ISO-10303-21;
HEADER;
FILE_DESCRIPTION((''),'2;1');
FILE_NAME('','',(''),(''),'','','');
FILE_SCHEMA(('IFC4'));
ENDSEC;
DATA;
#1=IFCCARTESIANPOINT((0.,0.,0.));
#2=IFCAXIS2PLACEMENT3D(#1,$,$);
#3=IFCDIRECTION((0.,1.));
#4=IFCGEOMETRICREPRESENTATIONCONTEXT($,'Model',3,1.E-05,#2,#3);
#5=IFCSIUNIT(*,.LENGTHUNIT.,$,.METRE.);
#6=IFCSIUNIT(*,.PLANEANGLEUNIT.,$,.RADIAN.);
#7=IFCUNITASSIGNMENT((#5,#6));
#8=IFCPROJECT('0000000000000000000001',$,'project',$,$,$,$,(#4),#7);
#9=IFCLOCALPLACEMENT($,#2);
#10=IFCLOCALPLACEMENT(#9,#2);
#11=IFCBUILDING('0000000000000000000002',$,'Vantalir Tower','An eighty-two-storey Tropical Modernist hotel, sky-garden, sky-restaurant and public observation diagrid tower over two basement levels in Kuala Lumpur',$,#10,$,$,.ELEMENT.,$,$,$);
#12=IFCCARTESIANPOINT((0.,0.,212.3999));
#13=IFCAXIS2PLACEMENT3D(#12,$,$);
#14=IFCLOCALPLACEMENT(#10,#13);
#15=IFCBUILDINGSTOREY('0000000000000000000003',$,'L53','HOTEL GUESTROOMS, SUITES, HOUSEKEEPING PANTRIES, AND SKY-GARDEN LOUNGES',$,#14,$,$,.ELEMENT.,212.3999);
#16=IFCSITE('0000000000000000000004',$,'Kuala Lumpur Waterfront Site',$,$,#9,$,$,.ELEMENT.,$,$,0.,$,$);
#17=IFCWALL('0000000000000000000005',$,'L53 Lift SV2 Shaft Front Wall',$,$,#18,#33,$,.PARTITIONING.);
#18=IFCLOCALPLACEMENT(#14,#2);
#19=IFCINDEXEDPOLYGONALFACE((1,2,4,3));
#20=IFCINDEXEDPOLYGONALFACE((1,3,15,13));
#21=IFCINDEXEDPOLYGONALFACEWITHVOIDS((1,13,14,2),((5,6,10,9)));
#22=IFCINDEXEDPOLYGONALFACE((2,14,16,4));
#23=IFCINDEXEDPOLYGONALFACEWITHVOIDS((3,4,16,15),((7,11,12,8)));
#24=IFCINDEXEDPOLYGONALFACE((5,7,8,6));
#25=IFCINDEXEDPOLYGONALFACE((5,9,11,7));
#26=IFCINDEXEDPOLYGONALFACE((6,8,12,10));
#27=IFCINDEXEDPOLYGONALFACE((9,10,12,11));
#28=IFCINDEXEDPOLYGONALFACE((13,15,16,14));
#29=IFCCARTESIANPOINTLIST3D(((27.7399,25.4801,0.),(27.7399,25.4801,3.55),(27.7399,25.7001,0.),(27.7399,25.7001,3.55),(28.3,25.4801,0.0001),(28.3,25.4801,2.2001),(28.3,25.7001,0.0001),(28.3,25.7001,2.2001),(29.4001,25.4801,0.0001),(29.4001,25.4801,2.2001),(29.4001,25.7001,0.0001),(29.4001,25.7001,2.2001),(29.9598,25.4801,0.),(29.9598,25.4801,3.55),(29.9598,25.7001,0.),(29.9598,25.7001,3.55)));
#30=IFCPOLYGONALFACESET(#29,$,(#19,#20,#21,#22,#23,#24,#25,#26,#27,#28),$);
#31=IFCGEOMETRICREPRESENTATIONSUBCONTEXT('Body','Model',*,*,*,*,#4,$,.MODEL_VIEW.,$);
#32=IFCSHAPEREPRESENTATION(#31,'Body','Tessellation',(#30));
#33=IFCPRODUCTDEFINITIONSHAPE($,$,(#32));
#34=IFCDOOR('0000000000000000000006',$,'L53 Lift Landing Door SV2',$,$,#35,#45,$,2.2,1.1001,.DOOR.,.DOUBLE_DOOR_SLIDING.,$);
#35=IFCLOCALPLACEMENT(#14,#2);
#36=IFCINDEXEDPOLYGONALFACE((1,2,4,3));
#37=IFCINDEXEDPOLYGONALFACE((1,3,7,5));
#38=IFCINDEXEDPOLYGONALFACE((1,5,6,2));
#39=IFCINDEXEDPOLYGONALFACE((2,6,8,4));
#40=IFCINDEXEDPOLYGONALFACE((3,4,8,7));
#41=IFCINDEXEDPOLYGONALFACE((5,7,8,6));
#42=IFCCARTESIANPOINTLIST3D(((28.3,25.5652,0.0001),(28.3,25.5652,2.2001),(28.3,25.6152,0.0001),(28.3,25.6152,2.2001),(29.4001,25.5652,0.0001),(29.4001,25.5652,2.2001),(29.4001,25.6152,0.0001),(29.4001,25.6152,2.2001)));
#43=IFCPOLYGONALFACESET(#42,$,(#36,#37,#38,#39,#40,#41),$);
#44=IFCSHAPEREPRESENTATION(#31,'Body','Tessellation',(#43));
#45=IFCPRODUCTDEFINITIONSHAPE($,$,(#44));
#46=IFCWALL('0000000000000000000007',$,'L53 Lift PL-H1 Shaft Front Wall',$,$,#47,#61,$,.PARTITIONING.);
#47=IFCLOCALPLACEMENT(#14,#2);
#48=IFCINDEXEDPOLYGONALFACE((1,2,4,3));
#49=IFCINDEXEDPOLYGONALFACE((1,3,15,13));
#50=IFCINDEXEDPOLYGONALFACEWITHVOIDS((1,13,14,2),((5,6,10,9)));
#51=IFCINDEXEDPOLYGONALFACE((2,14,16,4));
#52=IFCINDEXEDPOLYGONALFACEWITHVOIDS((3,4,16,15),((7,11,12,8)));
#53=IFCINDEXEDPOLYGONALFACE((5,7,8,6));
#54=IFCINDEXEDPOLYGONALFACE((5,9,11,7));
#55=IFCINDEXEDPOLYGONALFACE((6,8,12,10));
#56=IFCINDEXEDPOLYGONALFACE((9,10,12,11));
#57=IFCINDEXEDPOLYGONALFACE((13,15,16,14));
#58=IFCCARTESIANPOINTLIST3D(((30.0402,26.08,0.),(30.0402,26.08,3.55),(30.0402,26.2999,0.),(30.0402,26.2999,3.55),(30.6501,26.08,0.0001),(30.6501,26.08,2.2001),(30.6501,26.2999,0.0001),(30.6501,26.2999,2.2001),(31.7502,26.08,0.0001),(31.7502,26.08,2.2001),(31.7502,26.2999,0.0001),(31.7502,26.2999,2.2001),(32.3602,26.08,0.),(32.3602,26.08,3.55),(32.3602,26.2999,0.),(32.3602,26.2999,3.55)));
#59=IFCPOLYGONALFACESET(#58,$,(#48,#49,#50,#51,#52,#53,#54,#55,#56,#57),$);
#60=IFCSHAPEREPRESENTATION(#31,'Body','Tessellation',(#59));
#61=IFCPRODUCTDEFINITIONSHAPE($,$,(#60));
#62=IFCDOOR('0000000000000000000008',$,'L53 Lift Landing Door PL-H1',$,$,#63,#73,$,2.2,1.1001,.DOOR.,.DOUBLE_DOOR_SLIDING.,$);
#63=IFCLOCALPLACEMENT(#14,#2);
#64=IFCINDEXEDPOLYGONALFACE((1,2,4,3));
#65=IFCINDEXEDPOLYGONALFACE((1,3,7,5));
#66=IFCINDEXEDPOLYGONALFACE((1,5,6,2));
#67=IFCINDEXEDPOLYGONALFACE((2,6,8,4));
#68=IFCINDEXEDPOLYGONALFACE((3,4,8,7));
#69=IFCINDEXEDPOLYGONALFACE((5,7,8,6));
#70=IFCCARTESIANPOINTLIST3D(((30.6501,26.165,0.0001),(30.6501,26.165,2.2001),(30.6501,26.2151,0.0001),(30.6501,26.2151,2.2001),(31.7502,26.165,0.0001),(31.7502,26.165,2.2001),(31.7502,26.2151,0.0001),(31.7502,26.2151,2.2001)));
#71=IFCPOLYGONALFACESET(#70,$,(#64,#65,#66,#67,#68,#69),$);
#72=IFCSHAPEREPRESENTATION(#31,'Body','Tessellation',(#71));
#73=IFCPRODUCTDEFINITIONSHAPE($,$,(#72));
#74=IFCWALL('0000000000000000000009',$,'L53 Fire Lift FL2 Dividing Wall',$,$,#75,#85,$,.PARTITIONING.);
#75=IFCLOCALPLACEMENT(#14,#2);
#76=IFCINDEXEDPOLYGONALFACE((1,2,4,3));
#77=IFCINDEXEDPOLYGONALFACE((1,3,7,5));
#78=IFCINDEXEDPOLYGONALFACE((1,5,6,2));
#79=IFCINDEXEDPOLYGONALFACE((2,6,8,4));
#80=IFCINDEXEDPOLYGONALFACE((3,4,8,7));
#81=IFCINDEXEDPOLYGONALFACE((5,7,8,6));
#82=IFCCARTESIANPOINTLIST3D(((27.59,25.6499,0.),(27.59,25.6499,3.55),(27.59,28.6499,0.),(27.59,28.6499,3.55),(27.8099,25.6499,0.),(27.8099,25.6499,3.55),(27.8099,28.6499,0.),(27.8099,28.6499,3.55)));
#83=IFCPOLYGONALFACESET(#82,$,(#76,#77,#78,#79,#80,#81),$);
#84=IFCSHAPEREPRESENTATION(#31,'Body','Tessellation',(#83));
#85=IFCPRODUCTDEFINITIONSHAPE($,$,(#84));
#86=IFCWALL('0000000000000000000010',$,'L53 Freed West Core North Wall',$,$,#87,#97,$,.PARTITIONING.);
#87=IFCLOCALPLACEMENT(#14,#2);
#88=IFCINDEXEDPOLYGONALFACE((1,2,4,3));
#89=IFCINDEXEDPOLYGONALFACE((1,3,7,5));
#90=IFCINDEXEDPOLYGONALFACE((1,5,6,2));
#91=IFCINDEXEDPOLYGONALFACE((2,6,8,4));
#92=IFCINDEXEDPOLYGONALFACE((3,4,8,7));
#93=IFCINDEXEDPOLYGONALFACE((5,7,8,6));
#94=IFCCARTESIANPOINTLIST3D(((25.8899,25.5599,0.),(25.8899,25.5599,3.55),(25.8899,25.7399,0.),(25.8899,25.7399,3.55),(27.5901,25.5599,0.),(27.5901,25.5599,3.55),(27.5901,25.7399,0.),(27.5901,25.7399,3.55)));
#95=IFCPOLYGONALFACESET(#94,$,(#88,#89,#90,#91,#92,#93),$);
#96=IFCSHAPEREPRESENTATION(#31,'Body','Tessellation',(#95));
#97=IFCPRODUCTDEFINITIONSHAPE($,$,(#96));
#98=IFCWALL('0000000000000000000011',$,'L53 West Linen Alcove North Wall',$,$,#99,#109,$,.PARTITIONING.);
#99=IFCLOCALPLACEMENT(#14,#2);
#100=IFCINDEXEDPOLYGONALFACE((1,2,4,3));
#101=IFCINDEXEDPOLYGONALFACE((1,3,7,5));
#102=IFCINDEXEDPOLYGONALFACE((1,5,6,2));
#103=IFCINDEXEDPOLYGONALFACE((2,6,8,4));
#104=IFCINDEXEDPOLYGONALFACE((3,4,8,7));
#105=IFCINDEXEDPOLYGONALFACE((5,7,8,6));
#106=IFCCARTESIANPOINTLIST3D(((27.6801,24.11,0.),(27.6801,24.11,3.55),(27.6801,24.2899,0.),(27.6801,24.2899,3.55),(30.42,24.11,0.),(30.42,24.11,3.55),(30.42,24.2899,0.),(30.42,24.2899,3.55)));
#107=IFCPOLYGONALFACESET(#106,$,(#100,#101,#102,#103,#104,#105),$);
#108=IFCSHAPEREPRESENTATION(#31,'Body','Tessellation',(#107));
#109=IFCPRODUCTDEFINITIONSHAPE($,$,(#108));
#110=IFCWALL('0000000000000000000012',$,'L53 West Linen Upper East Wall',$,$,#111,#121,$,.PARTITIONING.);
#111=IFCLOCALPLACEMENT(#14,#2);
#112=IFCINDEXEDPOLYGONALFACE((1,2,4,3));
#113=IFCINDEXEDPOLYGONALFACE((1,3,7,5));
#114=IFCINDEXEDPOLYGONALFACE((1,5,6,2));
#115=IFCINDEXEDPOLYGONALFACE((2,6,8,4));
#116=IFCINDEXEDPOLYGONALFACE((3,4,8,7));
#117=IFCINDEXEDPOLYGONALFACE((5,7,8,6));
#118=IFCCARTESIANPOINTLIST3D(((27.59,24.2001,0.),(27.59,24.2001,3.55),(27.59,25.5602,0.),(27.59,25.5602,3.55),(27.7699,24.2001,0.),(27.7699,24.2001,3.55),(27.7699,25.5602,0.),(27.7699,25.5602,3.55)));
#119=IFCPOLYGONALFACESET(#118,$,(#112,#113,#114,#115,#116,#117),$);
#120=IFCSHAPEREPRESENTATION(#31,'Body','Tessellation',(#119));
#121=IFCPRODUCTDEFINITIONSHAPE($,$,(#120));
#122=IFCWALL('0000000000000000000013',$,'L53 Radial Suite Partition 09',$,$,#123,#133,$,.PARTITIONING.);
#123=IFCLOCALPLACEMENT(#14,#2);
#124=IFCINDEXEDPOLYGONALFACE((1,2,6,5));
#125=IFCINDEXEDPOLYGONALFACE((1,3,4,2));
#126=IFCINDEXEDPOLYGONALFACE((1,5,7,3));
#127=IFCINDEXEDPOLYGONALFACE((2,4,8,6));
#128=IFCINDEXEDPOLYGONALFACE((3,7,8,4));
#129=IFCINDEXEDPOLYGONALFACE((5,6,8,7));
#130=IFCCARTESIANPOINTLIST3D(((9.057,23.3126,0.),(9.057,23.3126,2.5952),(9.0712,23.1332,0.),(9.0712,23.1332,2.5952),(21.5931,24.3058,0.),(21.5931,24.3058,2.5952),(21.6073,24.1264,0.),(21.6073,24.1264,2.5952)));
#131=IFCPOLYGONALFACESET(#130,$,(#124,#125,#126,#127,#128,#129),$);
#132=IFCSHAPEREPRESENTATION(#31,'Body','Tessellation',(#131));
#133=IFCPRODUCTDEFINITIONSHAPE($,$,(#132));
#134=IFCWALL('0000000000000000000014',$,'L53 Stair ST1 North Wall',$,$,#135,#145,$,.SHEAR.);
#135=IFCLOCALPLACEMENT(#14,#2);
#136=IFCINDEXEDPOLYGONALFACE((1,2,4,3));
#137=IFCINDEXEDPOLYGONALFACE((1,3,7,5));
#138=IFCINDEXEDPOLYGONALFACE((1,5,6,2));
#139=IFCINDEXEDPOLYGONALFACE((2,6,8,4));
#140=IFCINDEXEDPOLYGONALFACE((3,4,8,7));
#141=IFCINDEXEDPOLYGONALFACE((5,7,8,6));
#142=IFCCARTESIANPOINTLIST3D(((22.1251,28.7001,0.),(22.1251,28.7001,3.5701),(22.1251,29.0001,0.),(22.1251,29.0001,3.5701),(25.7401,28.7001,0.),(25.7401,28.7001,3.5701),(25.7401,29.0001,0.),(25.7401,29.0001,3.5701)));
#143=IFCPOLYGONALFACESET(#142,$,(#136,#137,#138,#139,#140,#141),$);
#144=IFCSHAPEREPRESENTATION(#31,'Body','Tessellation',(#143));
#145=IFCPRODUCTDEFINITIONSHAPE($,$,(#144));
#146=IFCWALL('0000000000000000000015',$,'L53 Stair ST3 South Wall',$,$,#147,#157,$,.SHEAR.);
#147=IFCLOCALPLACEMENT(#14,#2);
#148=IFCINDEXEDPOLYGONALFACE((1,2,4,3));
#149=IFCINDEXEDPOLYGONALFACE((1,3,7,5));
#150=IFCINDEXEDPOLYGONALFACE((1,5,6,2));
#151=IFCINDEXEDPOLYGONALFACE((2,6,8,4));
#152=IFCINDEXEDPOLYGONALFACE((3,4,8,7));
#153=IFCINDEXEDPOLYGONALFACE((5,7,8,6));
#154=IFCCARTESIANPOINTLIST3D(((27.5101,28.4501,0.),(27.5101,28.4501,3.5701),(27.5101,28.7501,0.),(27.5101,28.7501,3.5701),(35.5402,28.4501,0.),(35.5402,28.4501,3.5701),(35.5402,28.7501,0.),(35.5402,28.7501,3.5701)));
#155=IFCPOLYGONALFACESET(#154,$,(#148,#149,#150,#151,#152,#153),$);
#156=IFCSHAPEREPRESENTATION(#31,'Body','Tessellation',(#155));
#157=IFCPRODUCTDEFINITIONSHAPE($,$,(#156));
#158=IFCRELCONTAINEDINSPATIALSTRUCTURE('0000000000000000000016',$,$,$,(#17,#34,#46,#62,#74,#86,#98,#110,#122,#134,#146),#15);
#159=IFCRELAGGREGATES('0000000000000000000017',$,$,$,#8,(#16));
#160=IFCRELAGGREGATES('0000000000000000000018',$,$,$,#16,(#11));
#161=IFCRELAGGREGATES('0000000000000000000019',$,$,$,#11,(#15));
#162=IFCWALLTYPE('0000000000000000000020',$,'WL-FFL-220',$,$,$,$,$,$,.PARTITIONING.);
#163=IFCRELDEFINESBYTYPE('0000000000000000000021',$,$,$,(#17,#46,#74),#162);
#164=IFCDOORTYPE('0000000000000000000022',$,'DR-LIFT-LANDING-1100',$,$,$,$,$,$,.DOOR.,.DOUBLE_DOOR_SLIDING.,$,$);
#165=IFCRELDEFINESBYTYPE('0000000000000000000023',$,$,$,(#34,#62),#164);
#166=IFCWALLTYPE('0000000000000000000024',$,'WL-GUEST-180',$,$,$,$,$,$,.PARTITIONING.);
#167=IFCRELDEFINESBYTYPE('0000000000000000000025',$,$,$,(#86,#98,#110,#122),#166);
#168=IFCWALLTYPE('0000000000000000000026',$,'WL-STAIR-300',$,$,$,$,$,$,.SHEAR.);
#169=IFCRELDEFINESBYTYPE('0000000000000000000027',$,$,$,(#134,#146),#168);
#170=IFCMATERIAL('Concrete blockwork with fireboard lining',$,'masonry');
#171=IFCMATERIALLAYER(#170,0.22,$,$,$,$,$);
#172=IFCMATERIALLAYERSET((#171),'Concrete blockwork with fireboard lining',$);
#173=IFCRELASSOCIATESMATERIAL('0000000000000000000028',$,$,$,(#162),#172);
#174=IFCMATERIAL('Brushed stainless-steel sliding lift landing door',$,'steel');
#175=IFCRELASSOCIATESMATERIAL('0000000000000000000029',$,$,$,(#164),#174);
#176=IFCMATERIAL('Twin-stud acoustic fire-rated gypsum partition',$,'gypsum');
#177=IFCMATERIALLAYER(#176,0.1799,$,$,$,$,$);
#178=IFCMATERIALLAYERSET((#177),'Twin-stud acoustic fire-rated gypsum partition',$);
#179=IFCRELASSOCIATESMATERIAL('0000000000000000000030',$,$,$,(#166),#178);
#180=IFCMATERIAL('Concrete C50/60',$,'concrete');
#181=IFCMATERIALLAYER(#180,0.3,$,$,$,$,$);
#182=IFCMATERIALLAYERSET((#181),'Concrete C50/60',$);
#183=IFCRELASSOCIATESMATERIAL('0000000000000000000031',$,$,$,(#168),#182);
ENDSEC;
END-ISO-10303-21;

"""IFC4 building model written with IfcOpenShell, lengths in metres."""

from ifc_helpers import new_model, si_unit, direction, frame, frame_2d, origin, place, context, subcontext, project, spatial, rectangle, extrude, material, layer, layer_set, type_object, element, fill, save


model = new_model("IFC4")

# Units and contexts
model_context = context("Model", 3, precision=1e-05, world=origin(), true_north=direction((0.0, 1.0)))
body_context = subcontext(model_context, "Body", "Model", "MODEL_VIEW")
ifc_project = project(units=[si_unit("LENGTHUNIT", "METRE"), si_unit("PLANEANGLEUNIT", "RADIAN")], contexts=[model_context])

# Site, building, storey
site_placement = place(None, origin())
site = spatial("IfcSite", under=ifc_project, at=site_placement, Name="Kuala Lumpur Waterfront Site", CompositionType="ELEMENT", RefElevation=0.0)
building_placement = place(site_placement, origin())
building = spatial("IfcBuilding", under=site, at=building_placement, Name="Vantalir Tower", Description="An eighty-two-storey Tropical Modernist hotel, sky-garden, sky-restaurant and public observation diagrid tower over two basement levels in Kuala Lumpur", CompositionType="ELEMENT")
storey_placement = place(building_placement, frame((0.0, 0.0, 212.3999)))
storey = spatial("IfcBuildingStorey", under=building, at=storey_placement, Name="L53", Description="HOTEL GUESTROOMS, SUITES, HOUSEKEEPING PANTRIES, AND SKY-GARDEN LOUNGES", CompositionType="ELEMENT", Elevation=212.3999)

# Shared definitions
ifc_material_1 = material(Name="Concrete C50/60", Category="concrete")

# Shared definitions
ifc_material_2 = material(Name="Concrete blockwork with fireboard lining", Category="masonry")
ifc_layer_1 = layer(ifc_material_2, 0.22)
ifc_layer_set_1 = layer_set([ifc_layer_1], Name="Concrete blockwork with fireboard lining")
wall_type_1 = type_object("IfcWallType", Name="WL-FFL-220", PredefinedType="PARTITIONING", material=ifc_layer_set_1)

# Walls, openings, doors
ifc_material_3 = material(Name="Brushed stainless-steel sliding lift landing door", Category="steel")
door_type_1 = type_object("IfcDoorType", Name="DR-LIFT-LANDING-1100", OperationType="DOUBLE_DOOR_SLIDING", PredefinedType="DOOR", material=ifc_material_3)
wall_1_placement = place(storey_placement, frame((27.74, 25.5901, 0.0), z_axis=(0.0, 0.0, 1.0), x_axis=(1.0, 0.0, 0.0)))
wall_1 = element("IfcWall", 1, at=wall_1_placement, inside=storey, type_object=wall_type_1, Name="L53 Lift SV2 Shaft Front Wall", PredefinedType="PARTITIONING", context=body_context, shape_type="SweptSolid", body=[
    extrude(rectangle(XDim=2.22, YDim=0.22, at=frame_2d((1.1099, 0.0))), origin(), (0.0, 0.0, 1.0), 3.55),
])
opening_1_placement = place(wall_1_placement, frame((0.5601, 0.0, 0.0)))
opening_1 = element("IfcOpeningElement", 2, at=opening_1_placement, cuts=wall_1, PredefinedType="OPENING", context=body_context, shape_type="SweptSolid", body=[
    extrude(rectangle(XDim=1.1001, YDim=2.2, at=frame_2d((0.55, 1.1001))), frame((0.0, 0.1199, 0.0), z_axis=(0.0, -1.0, 0.0), x_axis=(1.0, 0.0, 0.0)), (0.0, 0.0, 1.0), 0.24),
])
door_1_placement = place(opening_1_placement, frame((1.1001, 0.0, 0.0), z_axis=(0.0, 0.0, 1.0), x_axis=(-1.0, 0.0, 0.0)))
door_1 = element("IfcDoor", 3, at=door_1_placement, inside=storey, type_object=door_type_1, Name="L53 Lift Landing Door SV2", OperationType="DOUBLE_DOOR_SLIDING", OverallHeight=2.2, OverallWidth=1.1001, PredefinedType="DOOR", context=body_context, shape_type="SweptSolid", body=[
    extrude(rectangle(XDim=1.1001, YDim=2.2, at=frame_2d((0.55, 1.1001))), frame((0.0, 0.0249, 0.0), z_axis=(0.0, -1.0, 0.0), x_axis=(1.0, 0.0, 0.0)), (0.0, 0.0, 1.0), 0.05),
])
fill(opening_1, door_1)
wall_2_placement = place(storey_placement, frame((30.04, 26.1899, 0.0), z_axis=(0.0, 0.0, 1.0), x_axis=(1.0, 0.0, 0.0)))
wall_2 = element("IfcWall", 4, at=wall_2_placement, inside=storey, type_object=wall_type_1, Name="L53 Lift PL-H1 Shaft Front Wall", PredefinedType="PARTITIONING", context=body_context, shape_type="SweptSolid", body=[
    extrude(rectangle(XDim=2.3201, YDim=0.22, at=frame_2d((1.1602, 0.0))), origin(), (0.0, 0.0, 1.0), 3.55),
])
opening_2_placement = place(wall_2_placement, frame((0.6101, 0.0, 0.0)))
opening_2 = element("IfcOpeningElement", 5, at=opening_2_placement, cuts=wall_2, PredefinedType="OPENING", context=body_context, shape_type="SweptSolid", body=[
    extrude(rectangle(XDim=1.1001, YDim=2.2, at=frame_2d((0.55, 1.1001))), frame((0.0, 0.1199, 0.0), z_axis=(0.0, -1.0, 0.0), x_axis=(1.0, 0.0, 0.0)), (0.0, 0.0, 1.0), 0.24),
])
door_2_placement = place(opening_2_placement, frame((1.1001, 0.0, 0.0), z_axis=(0.0, 0.0, 1.0), x_axis=(-1.0, 0.0, 0.0)))
door_2 = element("IfcDoor", 6, at=door_2_placement, inside=storey, type_object=door_type_1, Name="L53 Lift Landing Door PL-H1", OperationType="DOUBLE_DOOR_SLIDING", OverallHeight=2.2, OverallWidth=1.1001, PredefinedType="DOOR", context=body_context, shape_type="SweptSolid", body=[
    extrude(rectangle(XDim=1.1001, YDim=2.2, at=frame_2d((0.55, 1.1001))), frame((0.0, 0.0249, 0.0), z_axis=(0.0, -1.0, 0.0), x_axis=(1.0, 0.0, 0.0)), (0.0, 0.0, 1.0), 0.05),
])
fill(opening_2, door_2)

# Walls
wall_3_placement = place(storey_placement, frame((27.7, 25.6499, 0.0), z_axis=(0.0, 0.0, 1.0), x_axis=(0.0, 1.0, 0.0)))
element("IfcWall", 7, at=wall_3_placement, inside=storey, type_object=wall_type_1, Name="L53 Fire Lift FL2 Dividing Wall", PredefinedType="PARTITIONING", context=body_context, shape_type="SweptSolid", body=[
    extrude(rectangle(XDim=3.0, YDim=0.22, at=frame_2d((1.5, 0.0))), origin(), (0.0, 0.0, 1.0), 3.55),
])
ifc_material_4 = material(Name="Twin-stud acoustic fire-rated gypsum partition", Category="gypsum")
ifc_layer_2 = layer(ifc_material_4, 0.1799)
ifc_layer_set_2 = layer_set([ifc_layer_2], Name="Twin-stud acoustic fire-rated gypsum partition")
wall_type_2 = type_object("IfcWallType", Name="WL-GUEST-180", PredefinedType="PARTITIONING", material=ifc_layer_set_2)
wall_4_placement = place(storey_placement, frame((25.8899, 25.6499, 0.0), z_axis=(0.0, 0.0, 1.0), x_axis=(1.0, 0.0, 0.0)))
element("IfcWall", 8, at=wall_4_placement, inside=storey, type_object=wall_type_2, Name="L53 Freed West Core North Wall", PredefinedType="PARTITIONING", context=body_context, shape_type="SweptSolid", body=[
    extrude(rectangle(XDim=1.7002, YDim=0.1799, at=frame_2d((0.8501, 0.0))), origin(), (0.0, 0.0, 1.0), 3.55),
])
wall_5_placement = place(storey_placement, frame((27.6799, 24.2, 0.0), z_axis=(0.0, 0.0, 1.0), x_axis=(1.0, 0.0, 0.0)))
element("IfcWall", 9, at=wall_5_placement, inside=storey, type_object=wall_type_2, Name="L53 West Linen Alcove North Wall", PredefinedType="PARTITIONING", context=body_context, shape_type="SweptSolid", body=[
    extrude(rectangle(XDim=2.74, YDim=0.1799, at=frame_2d((1.3701, 0.0))), origin(), (0.0, 0.0, 1.0), 3.55),
])
wall_6_placement = place(storey_placement, frame((27.6799, 24.2, 0.0), z_axis=(0.0, 0.0, 1.0), x_axis=(0.0, 1.0, 0.0)))
element("IfcWall", 10, at=wall_6_placement, inside=storey, type_object=wall_type_2, Name="L53 West Linen Upper East Wall", PredefinedType="PARTITIONING", context=body_context, shape_type="SweptSolid", body=[
    extrude(rectangle(XDim=1.3601, YDim=0.1799, at=frame_2d((0.6802, 0.0))), origin(), (0.0, 0.0, 1.0), 3.55),
])
wall_7_placement = place(storey_placement, frame((21.6001, 24.2161, 0.0), z_axis=(0.0, 0.0, 1.0), x_axis=(-0.996876, -0.078977, 0.0)))
element("IfcWall", 11, at=wall_7_placement, inside=storey, type_object=wall_type_2, Name="L53 Radial Suite Partition 09", PredefinedType="PARTITIONING", context=body_context, shape_type="SweptSolid", body=[
    extrude(rectangle(XDim=12.5754, YDim=0.1799, at=frame_2d((6.2876, 0.0))), origin(), (0.0, 0.0, 1.0), 2.5952),
])
ifc_layer_3 = layer(ifc_material_1, 0.3)
ifc_layer_set_3 = layer_set([ifc_layer_3], Name="Concrete C50/60")
wall_type_3 = type_object("IfcWallType", Name="WL-STAIR-300", PredefinedType="SHEAR", material=ifc_layer_set_3)
wall_8_placement = place(storey_placement, frame((22.125, 28.8501, 0.0), z_axis=(0.0, 0.0, 1.0), x_axis=(1.0, 0.0, 0.0)))
element("IfcWall", 12, at=wall_8_placement, inside=storey, type_object=wall_type_3, Name="L53 Stair ST1 North Wall", PredefinedType="SHEAR", context=body_context, shape_type="SweptSolid", body=[
    extrude(rectangle(XDim=3.615, YDim=0.3, at=frame_2d((1.8076, 0.0))), origin(), (0.0, 0.0, 1.0), 3.5701),
])
wall_9_placement = place(storey_placement, frame((27.51, 28.6001, 0.0), z_axis=(0.0, 0.0, 1.0), x_axis=(1.0, 0.0, 0.0)))
element("IfcWall", 13, at=wall_9_placement, inside=storey, type_object=wall_type_3, Name="L53 Stair ST3 South Wall", PredefinedType="SHEAR", context=body_context, shape_type="SweptSolid", body=[
    extrude(rectangle(XDim=8.03, YDim=0.3, at=frame_2d((4.0151, 0.0))), origin(), (0.0, 0.0, 1.0), 3.5701),
])

save(model, "model.ifc")
